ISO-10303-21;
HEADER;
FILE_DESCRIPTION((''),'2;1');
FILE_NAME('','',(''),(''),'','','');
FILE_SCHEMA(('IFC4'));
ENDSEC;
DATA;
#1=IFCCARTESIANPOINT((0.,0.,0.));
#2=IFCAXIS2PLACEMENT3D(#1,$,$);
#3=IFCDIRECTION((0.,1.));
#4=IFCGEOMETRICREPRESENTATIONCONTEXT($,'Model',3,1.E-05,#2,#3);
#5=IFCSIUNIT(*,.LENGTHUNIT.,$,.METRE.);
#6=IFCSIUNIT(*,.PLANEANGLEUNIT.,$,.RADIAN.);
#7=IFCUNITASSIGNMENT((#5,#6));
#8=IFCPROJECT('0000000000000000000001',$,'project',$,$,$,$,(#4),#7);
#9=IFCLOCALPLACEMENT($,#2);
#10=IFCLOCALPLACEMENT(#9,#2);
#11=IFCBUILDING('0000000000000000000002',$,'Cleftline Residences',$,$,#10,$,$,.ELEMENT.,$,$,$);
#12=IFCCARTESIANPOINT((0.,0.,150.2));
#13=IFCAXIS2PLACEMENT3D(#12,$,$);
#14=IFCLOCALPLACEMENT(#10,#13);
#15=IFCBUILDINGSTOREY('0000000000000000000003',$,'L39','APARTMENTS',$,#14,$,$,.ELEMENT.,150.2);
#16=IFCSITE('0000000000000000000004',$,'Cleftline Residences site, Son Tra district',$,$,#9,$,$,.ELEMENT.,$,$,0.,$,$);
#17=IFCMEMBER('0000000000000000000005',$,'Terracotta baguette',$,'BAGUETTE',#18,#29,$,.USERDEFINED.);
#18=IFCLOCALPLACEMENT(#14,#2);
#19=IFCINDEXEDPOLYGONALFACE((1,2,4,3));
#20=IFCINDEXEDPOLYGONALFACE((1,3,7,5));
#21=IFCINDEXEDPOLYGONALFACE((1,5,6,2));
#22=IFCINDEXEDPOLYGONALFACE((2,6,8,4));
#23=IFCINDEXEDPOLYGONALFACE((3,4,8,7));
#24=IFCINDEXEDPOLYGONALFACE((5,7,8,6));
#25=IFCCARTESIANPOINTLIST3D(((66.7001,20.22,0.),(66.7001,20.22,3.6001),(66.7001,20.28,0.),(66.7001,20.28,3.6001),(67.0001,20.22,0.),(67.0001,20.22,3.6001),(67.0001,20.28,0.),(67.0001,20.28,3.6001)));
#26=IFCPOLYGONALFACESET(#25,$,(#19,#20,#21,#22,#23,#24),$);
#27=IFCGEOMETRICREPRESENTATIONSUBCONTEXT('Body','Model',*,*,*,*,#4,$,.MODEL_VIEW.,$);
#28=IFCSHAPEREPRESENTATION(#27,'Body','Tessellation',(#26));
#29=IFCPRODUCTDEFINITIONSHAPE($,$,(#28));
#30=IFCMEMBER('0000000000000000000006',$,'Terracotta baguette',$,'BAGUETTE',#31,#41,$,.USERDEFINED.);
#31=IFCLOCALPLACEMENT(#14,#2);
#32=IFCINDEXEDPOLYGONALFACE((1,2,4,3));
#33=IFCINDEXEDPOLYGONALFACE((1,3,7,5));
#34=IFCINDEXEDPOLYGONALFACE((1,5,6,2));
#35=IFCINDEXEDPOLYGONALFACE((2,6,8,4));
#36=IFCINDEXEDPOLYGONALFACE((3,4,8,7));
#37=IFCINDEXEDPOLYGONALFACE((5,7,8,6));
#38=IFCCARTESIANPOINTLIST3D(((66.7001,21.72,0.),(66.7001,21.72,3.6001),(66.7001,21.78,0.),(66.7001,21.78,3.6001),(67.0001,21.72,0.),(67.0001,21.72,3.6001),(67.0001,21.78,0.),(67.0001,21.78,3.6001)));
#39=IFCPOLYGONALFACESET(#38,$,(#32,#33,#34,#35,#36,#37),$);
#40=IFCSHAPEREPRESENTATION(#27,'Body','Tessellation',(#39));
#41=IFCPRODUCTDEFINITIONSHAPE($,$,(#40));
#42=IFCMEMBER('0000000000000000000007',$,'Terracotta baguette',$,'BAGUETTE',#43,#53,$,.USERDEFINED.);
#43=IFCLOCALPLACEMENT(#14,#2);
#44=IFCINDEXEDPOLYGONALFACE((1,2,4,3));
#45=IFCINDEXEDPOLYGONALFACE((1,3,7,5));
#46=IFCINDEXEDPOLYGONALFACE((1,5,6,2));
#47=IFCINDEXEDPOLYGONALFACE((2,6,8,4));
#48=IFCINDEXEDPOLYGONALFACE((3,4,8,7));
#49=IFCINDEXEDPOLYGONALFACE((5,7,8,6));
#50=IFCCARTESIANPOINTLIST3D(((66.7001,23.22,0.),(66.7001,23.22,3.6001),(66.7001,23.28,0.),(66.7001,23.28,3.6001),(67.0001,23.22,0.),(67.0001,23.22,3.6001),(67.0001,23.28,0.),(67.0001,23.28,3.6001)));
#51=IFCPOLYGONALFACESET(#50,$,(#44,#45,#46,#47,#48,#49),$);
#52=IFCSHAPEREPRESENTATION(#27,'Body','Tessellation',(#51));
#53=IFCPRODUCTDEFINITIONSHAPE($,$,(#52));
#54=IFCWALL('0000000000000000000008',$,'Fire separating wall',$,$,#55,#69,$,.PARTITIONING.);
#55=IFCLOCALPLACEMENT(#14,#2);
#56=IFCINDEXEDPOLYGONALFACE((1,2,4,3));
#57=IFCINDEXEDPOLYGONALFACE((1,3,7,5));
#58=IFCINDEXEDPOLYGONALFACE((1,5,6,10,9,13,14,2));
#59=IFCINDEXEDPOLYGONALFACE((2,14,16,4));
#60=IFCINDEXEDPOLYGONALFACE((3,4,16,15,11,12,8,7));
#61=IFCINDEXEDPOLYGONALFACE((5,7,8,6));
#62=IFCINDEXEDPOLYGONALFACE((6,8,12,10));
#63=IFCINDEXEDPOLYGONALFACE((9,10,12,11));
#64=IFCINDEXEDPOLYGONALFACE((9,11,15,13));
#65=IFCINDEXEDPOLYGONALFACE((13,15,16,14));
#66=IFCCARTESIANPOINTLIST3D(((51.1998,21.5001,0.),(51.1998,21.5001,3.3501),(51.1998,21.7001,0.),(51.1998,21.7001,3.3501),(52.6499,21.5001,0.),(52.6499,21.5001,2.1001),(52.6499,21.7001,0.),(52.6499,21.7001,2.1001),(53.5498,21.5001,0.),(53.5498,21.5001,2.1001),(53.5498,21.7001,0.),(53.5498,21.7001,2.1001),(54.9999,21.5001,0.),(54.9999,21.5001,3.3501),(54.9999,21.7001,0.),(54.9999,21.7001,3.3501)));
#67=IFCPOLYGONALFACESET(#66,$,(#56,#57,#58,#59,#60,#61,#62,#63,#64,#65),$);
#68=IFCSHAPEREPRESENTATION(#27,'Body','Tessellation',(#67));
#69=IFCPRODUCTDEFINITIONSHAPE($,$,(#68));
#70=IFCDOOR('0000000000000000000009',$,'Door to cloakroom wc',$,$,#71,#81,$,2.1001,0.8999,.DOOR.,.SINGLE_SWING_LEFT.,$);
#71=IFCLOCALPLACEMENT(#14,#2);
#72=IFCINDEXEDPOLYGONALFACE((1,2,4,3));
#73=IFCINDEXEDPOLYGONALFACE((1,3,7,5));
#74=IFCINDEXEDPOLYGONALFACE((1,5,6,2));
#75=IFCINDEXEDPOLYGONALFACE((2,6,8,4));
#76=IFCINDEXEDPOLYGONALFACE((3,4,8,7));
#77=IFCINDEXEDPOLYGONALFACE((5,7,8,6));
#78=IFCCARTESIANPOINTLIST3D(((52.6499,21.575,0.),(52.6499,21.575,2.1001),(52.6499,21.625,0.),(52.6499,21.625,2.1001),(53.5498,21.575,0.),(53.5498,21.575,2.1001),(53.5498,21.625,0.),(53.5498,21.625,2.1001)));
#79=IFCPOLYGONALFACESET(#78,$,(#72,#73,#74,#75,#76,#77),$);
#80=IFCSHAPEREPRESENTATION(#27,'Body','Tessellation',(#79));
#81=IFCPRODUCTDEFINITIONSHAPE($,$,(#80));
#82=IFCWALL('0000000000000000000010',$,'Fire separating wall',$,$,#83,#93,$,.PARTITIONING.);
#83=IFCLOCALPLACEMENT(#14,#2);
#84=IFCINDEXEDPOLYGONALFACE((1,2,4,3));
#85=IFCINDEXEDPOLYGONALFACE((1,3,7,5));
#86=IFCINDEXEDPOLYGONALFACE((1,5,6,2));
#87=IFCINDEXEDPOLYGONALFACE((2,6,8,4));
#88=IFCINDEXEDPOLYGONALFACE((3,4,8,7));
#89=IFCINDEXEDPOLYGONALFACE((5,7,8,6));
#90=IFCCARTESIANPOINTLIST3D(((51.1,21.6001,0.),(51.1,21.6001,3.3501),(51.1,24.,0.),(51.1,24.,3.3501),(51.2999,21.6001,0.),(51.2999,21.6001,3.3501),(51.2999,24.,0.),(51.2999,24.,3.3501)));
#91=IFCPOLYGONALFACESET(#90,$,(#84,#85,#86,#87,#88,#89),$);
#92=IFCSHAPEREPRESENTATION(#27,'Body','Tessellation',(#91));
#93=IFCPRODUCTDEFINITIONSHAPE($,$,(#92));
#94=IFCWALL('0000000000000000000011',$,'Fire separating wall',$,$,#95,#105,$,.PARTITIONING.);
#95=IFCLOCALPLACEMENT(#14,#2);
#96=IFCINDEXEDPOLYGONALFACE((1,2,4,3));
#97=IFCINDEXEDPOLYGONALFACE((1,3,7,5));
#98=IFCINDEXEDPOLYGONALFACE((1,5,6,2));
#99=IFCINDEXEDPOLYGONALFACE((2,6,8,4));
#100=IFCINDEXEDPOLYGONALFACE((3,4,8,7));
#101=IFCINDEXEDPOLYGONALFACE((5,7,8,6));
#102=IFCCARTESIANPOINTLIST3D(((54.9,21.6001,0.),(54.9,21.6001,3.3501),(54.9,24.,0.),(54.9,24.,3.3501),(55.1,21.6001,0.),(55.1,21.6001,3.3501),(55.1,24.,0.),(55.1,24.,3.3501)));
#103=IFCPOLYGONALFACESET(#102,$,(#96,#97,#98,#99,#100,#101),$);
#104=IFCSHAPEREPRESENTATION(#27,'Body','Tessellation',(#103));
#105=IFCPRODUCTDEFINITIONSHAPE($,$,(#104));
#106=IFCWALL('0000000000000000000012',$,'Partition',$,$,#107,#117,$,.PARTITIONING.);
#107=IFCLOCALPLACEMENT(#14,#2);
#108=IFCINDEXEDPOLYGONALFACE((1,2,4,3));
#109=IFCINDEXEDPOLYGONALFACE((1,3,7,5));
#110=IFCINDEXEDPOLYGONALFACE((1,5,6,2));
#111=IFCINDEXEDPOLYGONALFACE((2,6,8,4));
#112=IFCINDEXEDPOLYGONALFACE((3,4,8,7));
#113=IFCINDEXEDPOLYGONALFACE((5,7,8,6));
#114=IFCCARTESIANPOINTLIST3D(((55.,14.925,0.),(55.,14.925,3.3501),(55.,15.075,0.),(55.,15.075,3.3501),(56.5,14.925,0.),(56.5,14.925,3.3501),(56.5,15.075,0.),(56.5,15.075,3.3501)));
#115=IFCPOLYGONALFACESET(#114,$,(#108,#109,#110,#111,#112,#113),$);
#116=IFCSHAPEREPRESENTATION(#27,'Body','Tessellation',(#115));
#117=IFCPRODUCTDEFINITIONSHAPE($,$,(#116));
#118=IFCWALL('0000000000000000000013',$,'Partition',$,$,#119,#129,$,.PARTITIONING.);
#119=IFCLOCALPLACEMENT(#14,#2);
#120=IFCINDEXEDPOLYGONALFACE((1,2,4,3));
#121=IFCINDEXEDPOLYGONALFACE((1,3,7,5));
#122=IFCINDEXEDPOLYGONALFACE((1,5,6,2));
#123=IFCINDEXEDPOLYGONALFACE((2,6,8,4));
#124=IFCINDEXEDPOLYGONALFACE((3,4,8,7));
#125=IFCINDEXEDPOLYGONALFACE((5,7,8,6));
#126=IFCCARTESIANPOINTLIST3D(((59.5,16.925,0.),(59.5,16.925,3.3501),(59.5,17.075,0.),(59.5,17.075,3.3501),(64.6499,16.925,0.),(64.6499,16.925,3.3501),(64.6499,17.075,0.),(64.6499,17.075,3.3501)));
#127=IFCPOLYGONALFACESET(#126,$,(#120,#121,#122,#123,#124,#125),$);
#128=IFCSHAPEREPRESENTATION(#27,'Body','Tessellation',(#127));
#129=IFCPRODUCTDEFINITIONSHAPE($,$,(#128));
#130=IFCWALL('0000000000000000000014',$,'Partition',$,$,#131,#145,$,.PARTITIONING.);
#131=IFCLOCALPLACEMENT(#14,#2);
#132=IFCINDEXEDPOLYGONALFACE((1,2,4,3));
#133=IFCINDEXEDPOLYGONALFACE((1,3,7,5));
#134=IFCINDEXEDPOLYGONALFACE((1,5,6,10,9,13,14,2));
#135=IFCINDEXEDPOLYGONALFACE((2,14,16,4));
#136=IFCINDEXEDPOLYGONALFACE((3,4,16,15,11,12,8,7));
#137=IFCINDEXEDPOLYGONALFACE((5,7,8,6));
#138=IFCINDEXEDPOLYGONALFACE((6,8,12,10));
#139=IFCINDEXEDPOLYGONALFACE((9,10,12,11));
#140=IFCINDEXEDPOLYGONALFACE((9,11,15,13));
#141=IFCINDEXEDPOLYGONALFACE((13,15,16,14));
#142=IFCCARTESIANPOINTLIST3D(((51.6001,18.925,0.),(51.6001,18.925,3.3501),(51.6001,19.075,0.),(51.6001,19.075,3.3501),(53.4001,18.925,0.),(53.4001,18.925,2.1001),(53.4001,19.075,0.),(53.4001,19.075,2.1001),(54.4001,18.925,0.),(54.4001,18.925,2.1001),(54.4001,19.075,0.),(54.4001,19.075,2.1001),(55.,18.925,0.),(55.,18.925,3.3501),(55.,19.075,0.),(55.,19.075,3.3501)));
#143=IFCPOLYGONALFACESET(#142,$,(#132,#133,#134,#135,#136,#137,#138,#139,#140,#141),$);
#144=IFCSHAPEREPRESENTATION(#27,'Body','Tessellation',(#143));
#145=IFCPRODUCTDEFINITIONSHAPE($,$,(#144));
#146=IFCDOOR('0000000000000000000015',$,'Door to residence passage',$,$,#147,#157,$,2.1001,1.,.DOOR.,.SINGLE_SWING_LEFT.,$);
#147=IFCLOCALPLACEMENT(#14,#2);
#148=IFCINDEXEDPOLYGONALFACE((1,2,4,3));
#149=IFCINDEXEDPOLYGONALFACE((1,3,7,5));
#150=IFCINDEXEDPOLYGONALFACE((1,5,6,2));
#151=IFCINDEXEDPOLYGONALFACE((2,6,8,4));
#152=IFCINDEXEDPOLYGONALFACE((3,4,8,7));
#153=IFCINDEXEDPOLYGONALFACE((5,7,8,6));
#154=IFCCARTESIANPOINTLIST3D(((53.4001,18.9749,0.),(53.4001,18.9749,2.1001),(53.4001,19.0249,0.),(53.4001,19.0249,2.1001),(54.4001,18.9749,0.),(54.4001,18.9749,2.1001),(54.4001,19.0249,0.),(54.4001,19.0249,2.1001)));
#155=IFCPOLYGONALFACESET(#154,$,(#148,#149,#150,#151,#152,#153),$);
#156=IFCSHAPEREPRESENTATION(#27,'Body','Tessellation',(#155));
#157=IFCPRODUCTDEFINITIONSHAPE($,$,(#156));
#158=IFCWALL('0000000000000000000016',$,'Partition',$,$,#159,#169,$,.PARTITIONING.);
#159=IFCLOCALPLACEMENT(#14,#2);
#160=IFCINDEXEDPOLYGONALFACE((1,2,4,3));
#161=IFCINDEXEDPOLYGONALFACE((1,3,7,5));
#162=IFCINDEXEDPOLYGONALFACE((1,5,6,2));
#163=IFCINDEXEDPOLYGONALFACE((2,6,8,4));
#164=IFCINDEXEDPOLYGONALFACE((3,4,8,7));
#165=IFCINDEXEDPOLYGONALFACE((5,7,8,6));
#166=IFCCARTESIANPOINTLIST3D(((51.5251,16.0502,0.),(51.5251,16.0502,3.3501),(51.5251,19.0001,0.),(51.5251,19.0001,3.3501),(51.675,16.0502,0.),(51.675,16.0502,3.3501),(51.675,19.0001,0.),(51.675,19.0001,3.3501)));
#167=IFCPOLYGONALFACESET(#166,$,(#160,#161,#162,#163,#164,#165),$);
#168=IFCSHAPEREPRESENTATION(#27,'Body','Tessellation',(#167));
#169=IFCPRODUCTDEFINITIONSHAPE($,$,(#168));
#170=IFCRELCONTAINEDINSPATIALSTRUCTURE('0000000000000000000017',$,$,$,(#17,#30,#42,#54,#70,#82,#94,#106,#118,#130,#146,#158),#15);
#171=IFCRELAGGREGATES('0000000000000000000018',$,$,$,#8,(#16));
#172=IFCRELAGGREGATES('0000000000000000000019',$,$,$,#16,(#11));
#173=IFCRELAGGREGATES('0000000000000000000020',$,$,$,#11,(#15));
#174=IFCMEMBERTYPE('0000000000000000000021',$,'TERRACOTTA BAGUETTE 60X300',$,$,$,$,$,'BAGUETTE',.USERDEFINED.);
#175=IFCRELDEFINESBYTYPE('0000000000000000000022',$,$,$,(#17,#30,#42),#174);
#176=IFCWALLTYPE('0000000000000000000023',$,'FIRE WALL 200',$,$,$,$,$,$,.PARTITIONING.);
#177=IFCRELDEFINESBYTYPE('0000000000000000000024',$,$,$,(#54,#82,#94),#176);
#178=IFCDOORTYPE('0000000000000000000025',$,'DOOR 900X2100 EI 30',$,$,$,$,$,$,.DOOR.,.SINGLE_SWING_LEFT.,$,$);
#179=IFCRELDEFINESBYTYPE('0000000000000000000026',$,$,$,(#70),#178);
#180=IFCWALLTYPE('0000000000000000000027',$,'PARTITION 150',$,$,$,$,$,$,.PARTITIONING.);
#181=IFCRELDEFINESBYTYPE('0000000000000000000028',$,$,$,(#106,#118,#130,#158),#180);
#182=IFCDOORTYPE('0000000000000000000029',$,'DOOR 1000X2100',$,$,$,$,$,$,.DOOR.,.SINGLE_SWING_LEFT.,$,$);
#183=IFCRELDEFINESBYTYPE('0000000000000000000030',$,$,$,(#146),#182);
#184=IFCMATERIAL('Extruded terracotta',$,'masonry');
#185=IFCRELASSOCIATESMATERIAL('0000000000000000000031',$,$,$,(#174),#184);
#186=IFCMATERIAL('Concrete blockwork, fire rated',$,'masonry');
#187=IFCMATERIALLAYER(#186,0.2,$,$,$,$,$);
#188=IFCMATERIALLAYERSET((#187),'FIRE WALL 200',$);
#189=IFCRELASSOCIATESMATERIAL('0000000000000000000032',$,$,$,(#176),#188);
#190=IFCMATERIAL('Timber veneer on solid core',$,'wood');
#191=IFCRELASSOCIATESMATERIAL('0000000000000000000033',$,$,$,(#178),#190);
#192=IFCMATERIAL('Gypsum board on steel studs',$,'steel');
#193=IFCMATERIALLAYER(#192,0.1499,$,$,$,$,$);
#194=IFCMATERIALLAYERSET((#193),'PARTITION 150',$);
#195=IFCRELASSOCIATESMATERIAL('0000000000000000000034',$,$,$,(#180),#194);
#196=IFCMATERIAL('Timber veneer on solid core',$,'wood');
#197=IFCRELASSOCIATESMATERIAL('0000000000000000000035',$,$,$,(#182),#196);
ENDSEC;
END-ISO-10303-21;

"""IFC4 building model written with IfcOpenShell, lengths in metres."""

from ifc_helpers import new_model, si_unit, direction, frame, frame_2d, origin, origin_2d, place, context, subcontext, project, spatial, rectangle, extrude, material, layer, layer_set, material_profile, profile_set, type_object, element, fill, save


model = new_model("IFC4")

# Units and contexts
model_context = context("Model", 3, precision=1e-05, world=origin(), true_north=direction((0.0, 1.0)))
body_context = subcontext(model_context, "Body", "Model", "MODEL_VIEW")
ifc_project = project(units=[si_unit("LENGTHUNIT", "METRE"), si_unit("PLANEANGLEUNIT", "RADIAN")], contexts=[model_context])

# Site, building, storey
site_placement = place(None, origin())
site = spatial("IfcSite", under=ifc_project, at=site_placement, Name="Cleftline Residences site, Son Tra district", CompositionType="ELEMENT", RefElevation=0.0)
building_placement = place(site_placement, origin())
building = spatial("IfcBuilding", under=site, at=building_placement, Name="Cleftline Residences", CompositionType="ELEMENT")
storey_placement = place(building_placement, frame((0.0, 0.0, 150.2)))
storey = spatial("IfcBuildingStorey", under=building, at=storey_placement, Name="L39", Description="APARTMENTS", CompositionType="ELEMENT", Elevation=150.2)

# Members
ifc_material_1 = material(Name="Extruded terracotta", Category="masonry")
ifc_material_profile_1 = material_profile(ifc_material_1, rectangle(XDim=0.0601, YDim=0.3, at=origin_2d()))
ifc_profile_set_1 = profile_set([ifc_material_profile_1], Name="Extruded terracotta")
member_type_1 = type_object("IfcMemberType", Name="TERRACOTTA BAGUETTE 60X300", ElementType="BAGUETTE", PredefinedType="USERDEFINED", material=ifc_profile_set_1)
for number, where, z_axis, x_axis, name in (
    (1, (66.8501, 20.25, 0.0), (0.0, 0.0, 1.0), (0.0, 1.0, 0.0), "Terracotta baguette"),
    (2, (66.8501, 21.75, 0.0), (0.0, 0.0, 1.0), (0.0, 1.0, 0.0), "Terracotta baguette"),
    (3, (66.8501, 23.25, 0.0), (0.0, 0.0, 1.0), (0.0, 1.0, 0.0), "Terracotta baguette"),
):
    element("IfcMember", number, at=place(storey_placement, frame(where, z_axis=z_axis, x_axis=x_axis)), inside=storey, type_object=member_type_1, Name=name, ObjectType="BAGUETTE", PredefinedType="USERDEFINED", context=body_context, shape_type="SweptSolid", body=[
        extrude(rectangle(XDim=0.0601, YDim=0.3, at=origin_2d()), origin(), (0.0, 0.0, 1.0), 3.6001),
    ])

# Wall, opening, door
ifc_material_2 = material(Name="Concrete blockwork, fire rated", Category="masonry")
ifc_layer_1 = layer(ifc_material_2, 0.2)
ifc_layer_set_1 = layer_set([ifc_layer_1], Name="FIRE WALL 200")
wall_type_1 = type_object("IfcWallType", Name="FIRE WALL 200", PredefinedType="PARTITIONING", material=ifc_layer_set_1)
wall_1_placement = place(storey_placement, frame((51.2, 21.6001, 0.0), z_axis=(0.0, 0.0, 1.0), x_axis=(1.0, 0.0, 0.0)))
wall_1 = element("IfcWall", 4, at=wall_1_placement, inside=storey, type_object=wall_type_1, Name="Fire separating wall", PredefinedType="PARTITIONING", context=body_context, shape_type="SweptSolid", body=[
    extrude(rectangle(XDim=3.8, YDim=0.2, at=frame_2d((1.8999, 0.0))), origin(), (0.0, 0.0, 1.0), 3.3501),
])
opening_1_placement = place(wall_1_placement, frame((1.45, 0.0, 0.0)))
opening_1 = element("IfcOpeningElement", 5, at=opening_1_placement, cuts=wall_1, PredefinedType="OPENING", context=body_context, shape_type="SweptSolid", body=[
    extrude(rectangle(XDim=0.8999, YDim=2.1001, at=frame_2d((0.45, 1.05))), frame((0.0, 0.1099, 0.0), z_axis=(0.0, -1.0, 0.0), x_axis=(1.0, 0.0, 0.0)), (0.0, 0.0, 1.0), 0.22),
])
ifc_material_3 = material(Name="Timber veneer on solid core", Category="wood")
door_type_1 = type_object("IfcDoorType", Name="DOOR 900X2100 EI 30", OperationType="SINGLE_SWING_LEFT", PredefinedType="DOOR", material=ifc_material_3)
door_1_placement = place(opening_1_placement, origin())
door_1 = element("IfcDoor", 6, at=door_1_placement, inside=storey, type_object=door_type_1, Name="Door to cloakroom wc", OperationType="SINGLE_SWING_LEFT", OverallHeight=2.1001, OverallWidth=0.8999, PredefinedType="DOOR", context=body_context, shape_type="SweptSolid", body=[
    extrude(rectangle(XDim=0.8999, YDim=2.1001, at=frame_2d((0.45, 1.05))), frame((0.0, 0.0249, 0.0), z_axis=(0.0, -1.0, 0.0), x_axis=(1.0, 0.0, 0.0)), (0.0, 0.0, 1.0), 0.05),
])
fill(opening_1, door_1)

# Walls
for number, where, z_axis, x_axis, name in (
    (7, (51.2, 21.6001, 0.0), (0.0, 0.0, 1.0), (0.0, 1.0, 0.0), "Fire separating wall"),
    (8, (55.0, 21.6001, 0.0), (0.0, 0.0, 1.0), (0.0, 1.0, 0.0), "Fire separating wall"),
):
    element("IfcWall", number, at=place(storey_placement, frame(where, z_axis=z_axis, x_axis=x_axis)), inside=storey, type_object=wall_type_1, Name=name, PredefinedType="PARTITIONING", context=body_context, shape_type="SweptSolid", body=[
        extrude(rectangle(XDim=2.3999, YDim=0.2, at=frame_2d((1.2, 0.0))), origin(), (0.0, 0.0, 1.0), 3.3501),
    ])
ifc_material_4 = material(Name="Gypsum board on steel studs", Category="steel")
ifc_layer_2 = layer(ifc_material_4, 0.1499)
ifc_layer_set_2 = layer_set([ifc_layer_2], Name="PARTITION 150")
wall_type_2 = type_object("IfcWallType", Name="PARTITION 150", PredefinedType="PARTITIONING", material=ifc_layer_set_2)
wall_2_placement = place(storey_placement, frame((55.0, 15.0, 0.0), z_axis=(0.0, 0.0, 1.0), x_axis=(1.0, 0.0, 0.0)))
element("IfcWall", 9, at=wall_2_placement, inside=storey, type_object=wall_type_2, Name="Partition", PredefinedType="PARTITIONING", context=body_context, shape_type="SweptSolid", body=[
    extrude(rectangle(XDim=1.5, YDim=0.1499, at=frame_2d((0.75, 0.0))), origin(), (0.0, 0.0, 1.0), 3.3501),
])
wall_3_placement = place(storey_placement, frame((59.5, 17.0, 0.0), z_axis=(0.0, 0.0, 1.0), x_axis=(1.0, 0.0, 0.0)))
element("IfcWall", 10, at=wall_3_placement, inside=storey, type_object=wall_type_2, Name="Partition", PredefinedType="PARTITIONING", context=body_context, shape_type="SweptSolid", body=[
    extrude(rectangle(XDim=5.1499, YDim=0.1499, at=frame_2d((2.575, 0.0))), origin(), (0.0, 0.0, 1.0), 3.3501),
])

# Wall, opening, door
wall_4_placement = place(storey_placement, frame((51.6001, 19.0, 0.0), z_axis=(0.0, 0.0, 1.0), x_axis=(1.0, 0.0, 0.0)))
wall_4 = element("IfcWall", 11, at=wall_4_placement, inside=storey, type_object=wall_type_2, Name="Partition", PredefinedType="PARTITIONING", context=body_context, shape_type="SweptSolid", body=[
    extrude(rectangle(XDim=3.3999, YDim=0.1499, at=frame_2d((1.7, 0.0))), origin(), (0.0, 0.0, 1.0), 3.3501),
])
opening_2_placement = place(wall_4_placement, frame((1.8, 0.0, 0.0)))
opening_2 = element("IfcOpeningElement", 12, at=opening_2_placement, cuts=wall_4, PredefinedType="OPENING", context=body_context, shape_type="SweptSolid", body=[
    extrude(rectangle(XDim=1.0, YDim=2.1001, at=frame_2d((0.5, 1.05))), frame((0.0, 0.085, 0.0), z_axis=(0.0, -1.0, 0.0), x_axis=(1.0, 0.0, 0.0)), (0.0, 0.0, 1.0), 0.1699),
])
ifc_material_5 = material(Name="Timber veneer on solid core", Category="wood")
door_type_2 = type_object("IfcDoorType", Name="DOOR 1000X2100", OperationType="SINGLE_SWING_LEFT", PredefinedType="DOOR", material=ifc_material_5)
door_2_placement = place(opening_2_placement, origin())
door_2 = element("IfcDoor", 13, at=door_2_placement, inside=storey, type_object=door_type_2, Name="Door to residence passage", OperationType="SINGLE_SWING_LEFT", OverallHeight=2.1001, OverallWidth=1.0, PredefinedType="DOOR", context=body_context, shape_type="SweptSolid", body=[
    extrude(rectangle(XDim=1.0, YDim=2.1001, at=frame_2d((0.5, 1.05))), frame((0.0, 0.0249, 0.0), z_axis=(0.0, -1.0, 0.0), x_axis=(1.0, 0.0, 0.0)), (0.0, 0.0, 1.0), 0.05),
])
fill(opening_2, door_2)

# Wall
wall_5_placement = place(storey_placement, frame((51.6001, 16.05, 0.0), z_axis=(0.0, 0.0, 1.0), x_axis=(0.0, 1.0, 0.0)))
element("IfcWall", 14, at=wall_5_placement, inside=storey, type_object=wall_type_2, Name="Partition", PredefinedType="PARTITIONING", context=body_context, shape_type="SweptSolid", body=[
    extrude(rectangle(XDim=2.95, YDim=0.1499, at=frame_2d((1.4751, 0.0))), origin(), (0.0, 0.0, 1.0), 3.3501),
])

save(model, "model.ifc")
